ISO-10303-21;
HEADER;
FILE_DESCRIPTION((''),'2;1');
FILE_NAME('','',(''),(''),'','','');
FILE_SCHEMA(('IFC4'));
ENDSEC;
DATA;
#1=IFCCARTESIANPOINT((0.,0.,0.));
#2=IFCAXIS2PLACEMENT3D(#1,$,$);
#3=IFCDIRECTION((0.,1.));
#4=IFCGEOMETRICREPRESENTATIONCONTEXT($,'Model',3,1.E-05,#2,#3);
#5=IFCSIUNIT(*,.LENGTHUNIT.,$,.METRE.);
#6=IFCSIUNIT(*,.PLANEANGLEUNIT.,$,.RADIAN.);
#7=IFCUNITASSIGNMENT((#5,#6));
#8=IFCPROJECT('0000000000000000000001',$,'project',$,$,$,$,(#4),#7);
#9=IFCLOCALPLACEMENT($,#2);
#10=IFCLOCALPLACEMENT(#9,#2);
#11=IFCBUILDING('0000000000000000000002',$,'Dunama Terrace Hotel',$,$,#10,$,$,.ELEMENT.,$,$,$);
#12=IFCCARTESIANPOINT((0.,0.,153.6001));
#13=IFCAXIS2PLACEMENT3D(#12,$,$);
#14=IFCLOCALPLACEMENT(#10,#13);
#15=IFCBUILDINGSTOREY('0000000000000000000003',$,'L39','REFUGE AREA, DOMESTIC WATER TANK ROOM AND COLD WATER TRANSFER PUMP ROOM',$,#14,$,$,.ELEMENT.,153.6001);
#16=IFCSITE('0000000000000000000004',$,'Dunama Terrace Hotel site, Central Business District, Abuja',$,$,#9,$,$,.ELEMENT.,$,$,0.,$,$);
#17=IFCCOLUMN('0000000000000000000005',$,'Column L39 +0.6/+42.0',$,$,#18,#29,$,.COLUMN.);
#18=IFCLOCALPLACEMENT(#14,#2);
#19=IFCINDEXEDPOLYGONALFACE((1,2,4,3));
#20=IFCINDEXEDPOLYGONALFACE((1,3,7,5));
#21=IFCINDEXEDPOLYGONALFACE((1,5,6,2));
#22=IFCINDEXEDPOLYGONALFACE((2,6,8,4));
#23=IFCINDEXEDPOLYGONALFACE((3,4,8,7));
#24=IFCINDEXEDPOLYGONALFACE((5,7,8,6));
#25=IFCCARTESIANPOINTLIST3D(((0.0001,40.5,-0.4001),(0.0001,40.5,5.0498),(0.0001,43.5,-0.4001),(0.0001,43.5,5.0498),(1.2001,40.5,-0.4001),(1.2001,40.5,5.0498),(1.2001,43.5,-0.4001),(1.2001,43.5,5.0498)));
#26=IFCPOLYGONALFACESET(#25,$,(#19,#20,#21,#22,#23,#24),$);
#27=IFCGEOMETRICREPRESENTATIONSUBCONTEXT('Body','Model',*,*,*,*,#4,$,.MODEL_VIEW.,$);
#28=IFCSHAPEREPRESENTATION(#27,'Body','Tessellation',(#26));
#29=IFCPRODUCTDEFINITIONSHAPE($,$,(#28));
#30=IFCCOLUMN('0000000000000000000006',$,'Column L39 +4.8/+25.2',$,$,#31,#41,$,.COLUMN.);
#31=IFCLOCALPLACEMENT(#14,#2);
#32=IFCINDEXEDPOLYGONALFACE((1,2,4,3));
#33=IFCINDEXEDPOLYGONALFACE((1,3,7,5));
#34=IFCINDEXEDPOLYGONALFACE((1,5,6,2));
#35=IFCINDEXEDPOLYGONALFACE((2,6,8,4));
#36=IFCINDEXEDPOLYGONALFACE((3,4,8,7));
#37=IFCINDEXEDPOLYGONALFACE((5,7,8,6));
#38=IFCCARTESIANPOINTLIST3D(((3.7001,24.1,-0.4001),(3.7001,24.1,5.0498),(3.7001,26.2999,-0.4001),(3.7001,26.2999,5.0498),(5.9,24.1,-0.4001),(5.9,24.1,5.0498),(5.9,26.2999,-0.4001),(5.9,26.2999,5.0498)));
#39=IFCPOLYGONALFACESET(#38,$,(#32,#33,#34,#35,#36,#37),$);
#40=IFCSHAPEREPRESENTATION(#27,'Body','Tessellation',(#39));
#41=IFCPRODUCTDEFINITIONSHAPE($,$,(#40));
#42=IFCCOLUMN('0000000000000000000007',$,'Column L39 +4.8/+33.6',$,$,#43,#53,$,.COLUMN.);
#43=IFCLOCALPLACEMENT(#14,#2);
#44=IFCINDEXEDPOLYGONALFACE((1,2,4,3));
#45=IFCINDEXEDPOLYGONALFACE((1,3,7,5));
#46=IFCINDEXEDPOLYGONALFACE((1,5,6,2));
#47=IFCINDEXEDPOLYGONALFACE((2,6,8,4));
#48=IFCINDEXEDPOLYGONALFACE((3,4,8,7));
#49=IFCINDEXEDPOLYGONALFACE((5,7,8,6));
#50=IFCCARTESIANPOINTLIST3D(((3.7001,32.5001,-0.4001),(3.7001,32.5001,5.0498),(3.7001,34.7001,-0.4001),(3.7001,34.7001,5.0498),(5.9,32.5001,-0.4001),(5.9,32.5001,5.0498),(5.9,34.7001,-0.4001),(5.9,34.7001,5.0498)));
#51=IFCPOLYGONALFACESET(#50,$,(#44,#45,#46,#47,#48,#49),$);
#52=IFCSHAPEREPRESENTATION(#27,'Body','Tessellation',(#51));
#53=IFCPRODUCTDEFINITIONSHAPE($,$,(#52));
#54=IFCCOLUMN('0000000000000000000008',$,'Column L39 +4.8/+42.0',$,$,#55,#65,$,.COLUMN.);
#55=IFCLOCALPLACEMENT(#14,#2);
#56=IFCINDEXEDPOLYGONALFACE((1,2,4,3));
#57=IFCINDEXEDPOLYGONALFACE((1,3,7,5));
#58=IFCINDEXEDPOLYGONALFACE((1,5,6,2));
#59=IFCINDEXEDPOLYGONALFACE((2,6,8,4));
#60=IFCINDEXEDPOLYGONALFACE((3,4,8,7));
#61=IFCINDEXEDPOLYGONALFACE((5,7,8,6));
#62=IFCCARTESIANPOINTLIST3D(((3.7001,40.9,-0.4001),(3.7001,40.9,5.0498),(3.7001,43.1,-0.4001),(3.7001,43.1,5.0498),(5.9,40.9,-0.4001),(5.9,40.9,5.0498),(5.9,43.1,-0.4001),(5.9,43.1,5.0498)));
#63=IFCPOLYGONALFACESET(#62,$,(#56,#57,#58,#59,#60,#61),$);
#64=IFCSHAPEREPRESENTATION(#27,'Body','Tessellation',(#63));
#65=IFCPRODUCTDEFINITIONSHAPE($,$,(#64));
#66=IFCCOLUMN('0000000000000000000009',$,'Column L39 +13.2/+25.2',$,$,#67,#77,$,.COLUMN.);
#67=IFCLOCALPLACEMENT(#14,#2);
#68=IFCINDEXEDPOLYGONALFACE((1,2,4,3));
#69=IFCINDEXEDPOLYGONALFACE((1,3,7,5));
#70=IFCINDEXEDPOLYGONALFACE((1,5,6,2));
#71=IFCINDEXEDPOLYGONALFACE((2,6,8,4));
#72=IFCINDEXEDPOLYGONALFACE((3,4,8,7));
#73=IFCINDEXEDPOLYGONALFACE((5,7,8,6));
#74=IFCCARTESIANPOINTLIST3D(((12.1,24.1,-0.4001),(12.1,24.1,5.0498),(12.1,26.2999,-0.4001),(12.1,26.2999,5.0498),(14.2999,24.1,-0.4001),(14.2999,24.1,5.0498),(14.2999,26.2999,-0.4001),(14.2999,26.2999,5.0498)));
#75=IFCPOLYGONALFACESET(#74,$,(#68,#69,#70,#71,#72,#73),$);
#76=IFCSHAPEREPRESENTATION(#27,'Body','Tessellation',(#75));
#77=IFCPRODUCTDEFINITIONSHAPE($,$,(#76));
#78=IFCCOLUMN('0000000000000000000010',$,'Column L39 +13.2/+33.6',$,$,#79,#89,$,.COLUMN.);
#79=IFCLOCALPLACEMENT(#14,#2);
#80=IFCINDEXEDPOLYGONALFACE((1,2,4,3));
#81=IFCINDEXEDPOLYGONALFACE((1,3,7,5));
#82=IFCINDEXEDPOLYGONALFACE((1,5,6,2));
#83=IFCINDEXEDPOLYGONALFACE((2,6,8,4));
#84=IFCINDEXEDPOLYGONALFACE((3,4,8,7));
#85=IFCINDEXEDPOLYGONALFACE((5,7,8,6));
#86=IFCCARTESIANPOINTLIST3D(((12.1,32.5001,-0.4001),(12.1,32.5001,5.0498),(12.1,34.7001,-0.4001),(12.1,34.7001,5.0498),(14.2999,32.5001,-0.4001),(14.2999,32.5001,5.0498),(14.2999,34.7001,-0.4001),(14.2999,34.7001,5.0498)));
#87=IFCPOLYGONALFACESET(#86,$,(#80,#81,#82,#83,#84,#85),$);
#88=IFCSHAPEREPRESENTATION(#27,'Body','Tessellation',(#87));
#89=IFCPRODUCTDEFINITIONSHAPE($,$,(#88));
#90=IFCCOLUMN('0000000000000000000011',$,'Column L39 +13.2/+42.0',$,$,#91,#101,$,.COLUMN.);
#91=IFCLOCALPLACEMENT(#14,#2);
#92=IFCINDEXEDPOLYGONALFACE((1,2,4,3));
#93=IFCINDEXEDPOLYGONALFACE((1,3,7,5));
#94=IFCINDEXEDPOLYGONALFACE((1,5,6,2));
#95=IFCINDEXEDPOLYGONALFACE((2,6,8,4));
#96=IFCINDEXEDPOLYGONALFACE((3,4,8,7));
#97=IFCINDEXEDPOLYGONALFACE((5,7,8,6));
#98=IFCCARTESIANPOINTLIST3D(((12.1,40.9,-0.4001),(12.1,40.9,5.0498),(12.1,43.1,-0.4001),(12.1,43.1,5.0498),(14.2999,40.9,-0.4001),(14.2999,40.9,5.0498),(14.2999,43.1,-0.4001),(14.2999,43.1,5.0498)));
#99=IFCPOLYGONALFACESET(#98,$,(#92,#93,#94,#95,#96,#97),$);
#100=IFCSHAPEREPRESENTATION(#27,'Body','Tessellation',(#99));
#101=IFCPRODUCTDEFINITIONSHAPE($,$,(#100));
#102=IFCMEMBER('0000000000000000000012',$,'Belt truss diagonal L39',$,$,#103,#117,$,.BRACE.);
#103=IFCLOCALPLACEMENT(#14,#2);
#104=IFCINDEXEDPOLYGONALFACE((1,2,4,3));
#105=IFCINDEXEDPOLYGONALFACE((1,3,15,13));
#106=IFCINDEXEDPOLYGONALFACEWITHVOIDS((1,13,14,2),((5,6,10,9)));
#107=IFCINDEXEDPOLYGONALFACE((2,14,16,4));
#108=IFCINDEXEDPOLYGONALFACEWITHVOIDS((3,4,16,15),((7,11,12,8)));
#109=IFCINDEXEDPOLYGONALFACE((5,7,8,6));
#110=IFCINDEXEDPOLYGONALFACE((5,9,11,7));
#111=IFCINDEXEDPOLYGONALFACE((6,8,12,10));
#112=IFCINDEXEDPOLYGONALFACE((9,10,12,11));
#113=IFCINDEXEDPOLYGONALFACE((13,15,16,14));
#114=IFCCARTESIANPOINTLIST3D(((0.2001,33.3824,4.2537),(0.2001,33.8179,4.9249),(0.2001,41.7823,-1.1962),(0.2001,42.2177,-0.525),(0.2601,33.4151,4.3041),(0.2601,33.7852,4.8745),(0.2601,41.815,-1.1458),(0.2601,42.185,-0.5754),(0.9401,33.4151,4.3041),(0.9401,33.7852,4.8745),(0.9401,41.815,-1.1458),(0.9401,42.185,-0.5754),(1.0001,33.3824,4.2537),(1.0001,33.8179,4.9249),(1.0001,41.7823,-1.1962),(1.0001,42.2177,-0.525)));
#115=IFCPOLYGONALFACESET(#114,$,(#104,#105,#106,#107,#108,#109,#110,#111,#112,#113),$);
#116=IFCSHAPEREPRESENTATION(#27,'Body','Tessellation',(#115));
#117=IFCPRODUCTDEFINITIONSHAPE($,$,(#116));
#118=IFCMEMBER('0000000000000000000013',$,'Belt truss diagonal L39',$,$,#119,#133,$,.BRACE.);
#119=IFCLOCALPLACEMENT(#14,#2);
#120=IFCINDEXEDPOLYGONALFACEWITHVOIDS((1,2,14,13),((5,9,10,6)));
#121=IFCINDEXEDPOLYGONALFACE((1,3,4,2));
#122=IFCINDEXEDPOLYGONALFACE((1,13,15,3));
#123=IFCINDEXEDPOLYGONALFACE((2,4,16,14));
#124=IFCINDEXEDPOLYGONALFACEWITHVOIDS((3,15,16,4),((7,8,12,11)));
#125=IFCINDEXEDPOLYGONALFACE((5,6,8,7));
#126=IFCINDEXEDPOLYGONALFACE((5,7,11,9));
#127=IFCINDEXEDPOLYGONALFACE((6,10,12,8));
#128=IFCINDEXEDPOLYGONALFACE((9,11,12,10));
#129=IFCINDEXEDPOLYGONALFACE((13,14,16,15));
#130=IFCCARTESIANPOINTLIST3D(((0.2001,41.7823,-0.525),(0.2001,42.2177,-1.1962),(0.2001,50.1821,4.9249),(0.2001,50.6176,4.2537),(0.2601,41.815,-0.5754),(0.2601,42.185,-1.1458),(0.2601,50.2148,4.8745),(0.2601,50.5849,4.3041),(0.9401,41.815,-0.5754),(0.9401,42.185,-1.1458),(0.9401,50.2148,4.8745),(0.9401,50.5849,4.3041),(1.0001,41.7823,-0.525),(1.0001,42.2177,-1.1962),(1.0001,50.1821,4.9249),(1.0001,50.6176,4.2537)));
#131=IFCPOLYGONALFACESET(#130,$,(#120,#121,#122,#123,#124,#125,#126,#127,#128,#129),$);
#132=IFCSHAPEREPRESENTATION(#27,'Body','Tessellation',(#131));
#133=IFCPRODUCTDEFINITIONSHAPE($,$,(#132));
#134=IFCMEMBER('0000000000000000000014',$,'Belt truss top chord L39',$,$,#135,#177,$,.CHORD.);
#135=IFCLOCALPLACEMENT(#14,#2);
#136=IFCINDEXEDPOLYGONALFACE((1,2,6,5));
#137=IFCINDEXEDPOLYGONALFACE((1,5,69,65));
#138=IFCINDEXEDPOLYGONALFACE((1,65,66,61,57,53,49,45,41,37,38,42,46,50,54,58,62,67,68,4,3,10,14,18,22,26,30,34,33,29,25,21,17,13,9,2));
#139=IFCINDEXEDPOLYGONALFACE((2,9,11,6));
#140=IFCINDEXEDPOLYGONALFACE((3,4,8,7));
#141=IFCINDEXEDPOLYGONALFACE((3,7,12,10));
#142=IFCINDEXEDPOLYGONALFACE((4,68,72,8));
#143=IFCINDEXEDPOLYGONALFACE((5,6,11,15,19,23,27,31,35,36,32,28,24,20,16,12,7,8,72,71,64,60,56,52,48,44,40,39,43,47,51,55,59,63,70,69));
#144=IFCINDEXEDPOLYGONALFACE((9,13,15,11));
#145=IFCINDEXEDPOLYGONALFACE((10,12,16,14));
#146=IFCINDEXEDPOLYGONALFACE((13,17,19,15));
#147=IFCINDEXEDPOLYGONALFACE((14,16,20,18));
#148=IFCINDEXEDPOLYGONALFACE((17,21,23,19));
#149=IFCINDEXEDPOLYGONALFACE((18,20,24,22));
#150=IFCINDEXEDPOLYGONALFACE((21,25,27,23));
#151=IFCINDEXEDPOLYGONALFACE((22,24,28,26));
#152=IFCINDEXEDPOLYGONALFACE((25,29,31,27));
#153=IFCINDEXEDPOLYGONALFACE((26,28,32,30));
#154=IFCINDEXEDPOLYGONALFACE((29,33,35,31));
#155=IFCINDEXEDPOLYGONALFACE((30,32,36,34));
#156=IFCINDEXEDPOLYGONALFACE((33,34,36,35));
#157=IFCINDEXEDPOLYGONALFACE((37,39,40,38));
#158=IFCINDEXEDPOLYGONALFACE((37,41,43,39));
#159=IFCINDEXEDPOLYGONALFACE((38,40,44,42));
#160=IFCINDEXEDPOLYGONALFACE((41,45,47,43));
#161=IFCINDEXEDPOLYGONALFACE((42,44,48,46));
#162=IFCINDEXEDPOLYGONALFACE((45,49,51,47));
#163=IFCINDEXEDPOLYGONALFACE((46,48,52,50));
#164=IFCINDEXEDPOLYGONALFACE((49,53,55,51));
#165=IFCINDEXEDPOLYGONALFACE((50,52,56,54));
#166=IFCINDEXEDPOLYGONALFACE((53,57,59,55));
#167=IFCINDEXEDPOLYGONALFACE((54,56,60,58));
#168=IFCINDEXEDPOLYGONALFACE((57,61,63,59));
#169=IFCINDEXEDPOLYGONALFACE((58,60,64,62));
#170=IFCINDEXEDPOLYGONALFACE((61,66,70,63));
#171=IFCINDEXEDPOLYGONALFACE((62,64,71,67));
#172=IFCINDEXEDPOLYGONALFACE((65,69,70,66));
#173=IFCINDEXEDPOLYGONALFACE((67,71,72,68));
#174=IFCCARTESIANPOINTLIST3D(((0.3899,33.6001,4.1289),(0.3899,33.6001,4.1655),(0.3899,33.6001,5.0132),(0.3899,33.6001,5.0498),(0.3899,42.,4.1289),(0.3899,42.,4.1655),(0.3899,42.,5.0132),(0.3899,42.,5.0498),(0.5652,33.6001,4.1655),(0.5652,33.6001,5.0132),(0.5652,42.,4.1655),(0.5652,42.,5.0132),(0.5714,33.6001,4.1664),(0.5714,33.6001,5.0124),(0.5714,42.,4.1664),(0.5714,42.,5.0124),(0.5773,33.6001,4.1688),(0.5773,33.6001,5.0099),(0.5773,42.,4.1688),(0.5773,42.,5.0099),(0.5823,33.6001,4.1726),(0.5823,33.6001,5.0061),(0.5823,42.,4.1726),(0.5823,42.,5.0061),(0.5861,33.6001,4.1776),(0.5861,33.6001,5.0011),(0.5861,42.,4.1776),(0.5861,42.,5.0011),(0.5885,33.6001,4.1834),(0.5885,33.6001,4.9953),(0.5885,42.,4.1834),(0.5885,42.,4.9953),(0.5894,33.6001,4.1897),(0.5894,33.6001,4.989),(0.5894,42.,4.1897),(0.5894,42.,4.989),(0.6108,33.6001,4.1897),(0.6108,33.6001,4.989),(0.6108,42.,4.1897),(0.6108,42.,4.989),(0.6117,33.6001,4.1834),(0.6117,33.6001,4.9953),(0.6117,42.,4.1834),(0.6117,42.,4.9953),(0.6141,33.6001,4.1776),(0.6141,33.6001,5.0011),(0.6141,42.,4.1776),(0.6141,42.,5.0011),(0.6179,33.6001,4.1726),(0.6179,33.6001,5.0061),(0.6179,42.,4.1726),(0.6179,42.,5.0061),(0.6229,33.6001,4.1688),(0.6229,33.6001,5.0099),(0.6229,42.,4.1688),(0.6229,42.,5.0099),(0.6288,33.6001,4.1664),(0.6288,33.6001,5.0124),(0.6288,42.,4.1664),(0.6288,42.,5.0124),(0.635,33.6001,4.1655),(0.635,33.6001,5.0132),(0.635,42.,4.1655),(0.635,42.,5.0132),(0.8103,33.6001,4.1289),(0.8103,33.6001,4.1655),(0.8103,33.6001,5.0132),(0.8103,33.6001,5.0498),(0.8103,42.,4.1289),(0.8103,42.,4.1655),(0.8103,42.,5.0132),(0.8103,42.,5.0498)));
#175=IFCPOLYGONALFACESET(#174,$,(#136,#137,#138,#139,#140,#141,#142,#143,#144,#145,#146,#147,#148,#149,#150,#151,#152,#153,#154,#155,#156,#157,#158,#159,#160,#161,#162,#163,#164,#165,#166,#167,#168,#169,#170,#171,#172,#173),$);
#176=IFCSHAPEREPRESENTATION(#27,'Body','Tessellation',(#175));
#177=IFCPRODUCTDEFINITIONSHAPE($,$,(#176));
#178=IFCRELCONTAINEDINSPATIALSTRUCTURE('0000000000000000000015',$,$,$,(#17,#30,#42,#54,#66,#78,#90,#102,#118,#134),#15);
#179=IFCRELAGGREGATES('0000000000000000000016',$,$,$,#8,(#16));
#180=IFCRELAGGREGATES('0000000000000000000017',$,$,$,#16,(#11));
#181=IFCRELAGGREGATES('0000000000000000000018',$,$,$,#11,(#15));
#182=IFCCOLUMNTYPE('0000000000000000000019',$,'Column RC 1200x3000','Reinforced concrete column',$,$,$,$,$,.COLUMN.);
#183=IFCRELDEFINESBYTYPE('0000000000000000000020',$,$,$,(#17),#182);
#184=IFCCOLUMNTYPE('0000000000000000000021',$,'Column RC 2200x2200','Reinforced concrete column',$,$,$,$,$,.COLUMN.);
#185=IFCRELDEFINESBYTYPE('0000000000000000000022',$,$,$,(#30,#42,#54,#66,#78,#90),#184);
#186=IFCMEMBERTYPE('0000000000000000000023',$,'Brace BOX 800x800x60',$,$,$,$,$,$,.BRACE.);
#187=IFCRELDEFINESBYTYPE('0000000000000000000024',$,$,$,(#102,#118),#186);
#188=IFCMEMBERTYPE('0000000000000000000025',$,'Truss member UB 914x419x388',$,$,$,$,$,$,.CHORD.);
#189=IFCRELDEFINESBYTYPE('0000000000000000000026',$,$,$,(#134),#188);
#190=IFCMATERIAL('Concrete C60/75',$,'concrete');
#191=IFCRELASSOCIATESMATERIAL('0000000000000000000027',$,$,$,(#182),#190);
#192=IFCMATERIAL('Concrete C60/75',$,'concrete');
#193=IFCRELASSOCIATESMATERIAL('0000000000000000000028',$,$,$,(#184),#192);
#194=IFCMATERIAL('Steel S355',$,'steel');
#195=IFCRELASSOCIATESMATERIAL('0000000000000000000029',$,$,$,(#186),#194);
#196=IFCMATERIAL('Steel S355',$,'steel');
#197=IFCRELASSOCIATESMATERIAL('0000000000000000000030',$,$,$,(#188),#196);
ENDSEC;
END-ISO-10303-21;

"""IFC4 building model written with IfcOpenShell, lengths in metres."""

from ifc_helpers import new_model, si_unit, direction, frame, origin, origin_2d, place, context, subcontext, project, spatial, rectangle, hollow_rectangle, i_section, extrude, material, material_profile, profile_set, type_object, element, save


model = new_model("IFC4")

# Units and contexts
model_context = context("Model", 3, precision=1e-05, world=origin(), true_north=direction((0.0, 1.0)))
body_context = subcontext(model_context, "Body", "Model", "MODEL_VIEW")
ifc_project = project(units=[si_unit("LENGTHUNIT", "METRE"), si_unit("PLANEANGLEUNIT", "RADIAN")], contexts=[model_context])

# Site, building, storey
site_placement = place(None, origin())
site = spatial("IfcSite", under=ifc_project, at=site_placement, Name="Dunama Terrace Hotel site, Central Business District, Abuja", CompositionType="ELEMENT", RefElevation=0.0)
building_placement = place(site_placement, origin())
building = spatial("IfcBuilding", under=site, at=building_placement, Name="Dunama Terrace Hotel", CompositionType="ELEMENT")
storey_placement = place(building_placement, frame((0.0, 0.0, 153.6001)))
storey = spatial("IfcBuildingStorey", under=building, at=storey_placement, Name="L39", Description="REFUGE AREA, DOMESTIC WATER TANK ROOM AND COLD WATER TRANSFER PUMP ROOM", CompositionType="ELEMENT", Elevation=153.6001)

# Columns
ifc_material_1 = material(Name="Concrete C60/75", Category="concrete")
ifc_material_profile_1 = material_profile(ifc_material_1, rectangle(XDim=1.2, YDim=3.0, at=origin_2d()), Name="RC 1200x3000")
ifc_profile_set_1 = profile_set([ifc_material_profile_1], Name="Concrete C60/75")
column_type_1 = type_object("IfcColumnType", Name="Column RC 1200x3000", Description="Reinforced concrete column", PredefinedType="COLUMN", material=ifc_profile_set_1)
column_placement = place(storey_placement, frame((0.6001, 42.0, -0.4001), z_axis=(0.0, 0.0, 1.0), x_axis=(1.0, 0.0, 0.0)))
element("IfcColumn", 1, at=column_placement, inside=storey, type_object=column_type_1, Name="Column L39 +0.6/+42.0", PredefinedType="COLUMN", context=body_context, shape_type="SweptSolid", body=[
    extrude(rectangle(XDim=1.2, YDim=3.0, at=origin_2d()), origin(), (0.0, 0.0, 1.0), 5.45),
])
ifc_material_2 = material(Name="Concrete C60/75", Category="concrete")
ifc_material_profile_2 = material_profile(ifc_material_2, rectangle(XDim=2.2, YDim=2.2, at=origin_2d()), Name="RC 2200x2200")
ifc_profile_set_2 = profile_set([ifc_material_profile_2], Name="Concrete C60/75")
column_type_2 = type_object("IfcColumnType", Name="Column RC 2200x2200", Description="Reinforced concrete column", PredefinedType="COLUMN", material=ifc_profile_set_2)
for number, where, z_axis, x_axis, name in (
    (2, (4.8, 25.2, -0.4001), (0.0, 0.0, 1.0), (1.0, 0.0, 0.0), "Column L39 +4.8/+25.2"),
    (3, (4.8, 33.6001, -0.4001), (0.0, 0.0, 1.0), (1.0, 0.0, 0.0), "Column L39 +4.8/+33.6"),
    (4, (4.8, 42.0, -0.4001), (0.0, 0.0, 1.0), (1.0, 0.0, 0.0), "Column L39 +4.8/+42.0"),
    (5, (13.2, 25.2, -0.4001), (0.0, 0.0, 1.0), (1.0, 0.0, 0.0), "Column L39 +13.2/+25.2"),
    (6, (13.2, 33.6001, -0.4001), (0.0, 0.0, 1.0), (1.0, 0.0, 0.0), "Column L39 +13.2/+33.6"),
    (7, (13.2, 42.0, -0.4001), (0.0, 0.0, 1.0), (1.0, 0.0, 0.0), "Column L39 +13.2/+42.0"),
):
    element("IfcColumn", number, at=place(storey_placement, frame(where, z_axis=z_axis, x_axis=x_axis)), inside=storey, type_object=column_type_2, Name=name, PredefinedType="COLUMN", context=body_context, shape_type="SweptSolid", body=[
        extrude(rectangle(XDim=2.2, YDim=2.2, at=origin_2d()), origin(), (0.0, 0.0, 1.0), 5.45),
    ])

# Members
ifc_material_3 = material(Name="Steel S355", Category="steel")
ifc_material_profile_3 = material_profile(ifc_material_3, hollow_rectangle(XDim=0.8, YDim=0.8, WallThickness=0.0601, at=origin_2d()), Name="BOX 800x800x60")
ifc_profile_set_3 = profile_set([ifc_material_profile_3], Name="Steel S355")
member_type_1 = type_object("IfcMemberType", Name="Brace BOX 800x800x60", PredefinedType="BRACE", material=ifc_profile_set_3)
for number, where, z_axis, x_axis, name in (
    (8, (0.6001, 42.0, -0.8606), (0.0, -0.838899, 0.544287), (1.0, 0.0, 0.0), "Belt truss diagonal L39"),
    (9, (0.6001, 42.0, -0.8606), (0.0, 0.838899, 0.544287), (-1.0, 0.0, 0.0), "Belt truss diagonal L39"),
):
    element("IfcMember", number, at=place(storey_placement, frame(where, z_axis=z_axis, x_axis=x_axis)), inside=storey, type_object=member_type_1, Name=name, PredefinedType="BRACE", context=body_context, shape_type="SweptSolid", body=[
        extrude(hollow_rectangle(XDim=0.8, YDim=0.8, WallThickness=0.0601, at=origin_2d()), origin(), (0.0, 0.0, 1.0), 10.0129),
    ])
ifc_material_4 = material(Name="Steel S355", Category="steel")
ifc_material_profile_4 = material_profile(ifc_material_4, i_section(OverallWidth=0.4204, OverallDepth=0.9209, WebThickness=0.0215, FlangeThickness=0.0366, FilletRadius=0.0242, at=origin_2d()), Name="UB 914x419x388")
ifc_profile_set_4 = profile_set([ifc_material_profile_4], Name="Steel S355")
member_type_2 = type_object("IfcMemberType", Name="Truss member UB 914x419x388", PredefinedType="CHORD", material=ifc_profile_set_4)
for number, where, z_axis, x_axis, name in (
    (10, (0.6001, 33.6001, 4.5894), (0.0, 1.0, 0.0), (-1.0, 0.0, 0.0), "Belt truss top chord L39"),
):
    element("IfcMember", number, at=place(storey_placement, frame(where, z_axis=z_axis, x_axis=x_axis)), inside=storey, type_object=member_type_2, Name=name, PredefinedType="CHORD", context=body_context, shape_type="SweptSolid", body=[
        extrude(i_section(OverallWidth=0.4204, OverallDepth=0.9209, WebThickness=0.0215, FlangeThickness=0.0366, FilletRadius=0.0242, at=origin_2d()), origin(), (0.0, 0.0, 1.0), 8.3999),
    ])

save(model, "model.ifc")
